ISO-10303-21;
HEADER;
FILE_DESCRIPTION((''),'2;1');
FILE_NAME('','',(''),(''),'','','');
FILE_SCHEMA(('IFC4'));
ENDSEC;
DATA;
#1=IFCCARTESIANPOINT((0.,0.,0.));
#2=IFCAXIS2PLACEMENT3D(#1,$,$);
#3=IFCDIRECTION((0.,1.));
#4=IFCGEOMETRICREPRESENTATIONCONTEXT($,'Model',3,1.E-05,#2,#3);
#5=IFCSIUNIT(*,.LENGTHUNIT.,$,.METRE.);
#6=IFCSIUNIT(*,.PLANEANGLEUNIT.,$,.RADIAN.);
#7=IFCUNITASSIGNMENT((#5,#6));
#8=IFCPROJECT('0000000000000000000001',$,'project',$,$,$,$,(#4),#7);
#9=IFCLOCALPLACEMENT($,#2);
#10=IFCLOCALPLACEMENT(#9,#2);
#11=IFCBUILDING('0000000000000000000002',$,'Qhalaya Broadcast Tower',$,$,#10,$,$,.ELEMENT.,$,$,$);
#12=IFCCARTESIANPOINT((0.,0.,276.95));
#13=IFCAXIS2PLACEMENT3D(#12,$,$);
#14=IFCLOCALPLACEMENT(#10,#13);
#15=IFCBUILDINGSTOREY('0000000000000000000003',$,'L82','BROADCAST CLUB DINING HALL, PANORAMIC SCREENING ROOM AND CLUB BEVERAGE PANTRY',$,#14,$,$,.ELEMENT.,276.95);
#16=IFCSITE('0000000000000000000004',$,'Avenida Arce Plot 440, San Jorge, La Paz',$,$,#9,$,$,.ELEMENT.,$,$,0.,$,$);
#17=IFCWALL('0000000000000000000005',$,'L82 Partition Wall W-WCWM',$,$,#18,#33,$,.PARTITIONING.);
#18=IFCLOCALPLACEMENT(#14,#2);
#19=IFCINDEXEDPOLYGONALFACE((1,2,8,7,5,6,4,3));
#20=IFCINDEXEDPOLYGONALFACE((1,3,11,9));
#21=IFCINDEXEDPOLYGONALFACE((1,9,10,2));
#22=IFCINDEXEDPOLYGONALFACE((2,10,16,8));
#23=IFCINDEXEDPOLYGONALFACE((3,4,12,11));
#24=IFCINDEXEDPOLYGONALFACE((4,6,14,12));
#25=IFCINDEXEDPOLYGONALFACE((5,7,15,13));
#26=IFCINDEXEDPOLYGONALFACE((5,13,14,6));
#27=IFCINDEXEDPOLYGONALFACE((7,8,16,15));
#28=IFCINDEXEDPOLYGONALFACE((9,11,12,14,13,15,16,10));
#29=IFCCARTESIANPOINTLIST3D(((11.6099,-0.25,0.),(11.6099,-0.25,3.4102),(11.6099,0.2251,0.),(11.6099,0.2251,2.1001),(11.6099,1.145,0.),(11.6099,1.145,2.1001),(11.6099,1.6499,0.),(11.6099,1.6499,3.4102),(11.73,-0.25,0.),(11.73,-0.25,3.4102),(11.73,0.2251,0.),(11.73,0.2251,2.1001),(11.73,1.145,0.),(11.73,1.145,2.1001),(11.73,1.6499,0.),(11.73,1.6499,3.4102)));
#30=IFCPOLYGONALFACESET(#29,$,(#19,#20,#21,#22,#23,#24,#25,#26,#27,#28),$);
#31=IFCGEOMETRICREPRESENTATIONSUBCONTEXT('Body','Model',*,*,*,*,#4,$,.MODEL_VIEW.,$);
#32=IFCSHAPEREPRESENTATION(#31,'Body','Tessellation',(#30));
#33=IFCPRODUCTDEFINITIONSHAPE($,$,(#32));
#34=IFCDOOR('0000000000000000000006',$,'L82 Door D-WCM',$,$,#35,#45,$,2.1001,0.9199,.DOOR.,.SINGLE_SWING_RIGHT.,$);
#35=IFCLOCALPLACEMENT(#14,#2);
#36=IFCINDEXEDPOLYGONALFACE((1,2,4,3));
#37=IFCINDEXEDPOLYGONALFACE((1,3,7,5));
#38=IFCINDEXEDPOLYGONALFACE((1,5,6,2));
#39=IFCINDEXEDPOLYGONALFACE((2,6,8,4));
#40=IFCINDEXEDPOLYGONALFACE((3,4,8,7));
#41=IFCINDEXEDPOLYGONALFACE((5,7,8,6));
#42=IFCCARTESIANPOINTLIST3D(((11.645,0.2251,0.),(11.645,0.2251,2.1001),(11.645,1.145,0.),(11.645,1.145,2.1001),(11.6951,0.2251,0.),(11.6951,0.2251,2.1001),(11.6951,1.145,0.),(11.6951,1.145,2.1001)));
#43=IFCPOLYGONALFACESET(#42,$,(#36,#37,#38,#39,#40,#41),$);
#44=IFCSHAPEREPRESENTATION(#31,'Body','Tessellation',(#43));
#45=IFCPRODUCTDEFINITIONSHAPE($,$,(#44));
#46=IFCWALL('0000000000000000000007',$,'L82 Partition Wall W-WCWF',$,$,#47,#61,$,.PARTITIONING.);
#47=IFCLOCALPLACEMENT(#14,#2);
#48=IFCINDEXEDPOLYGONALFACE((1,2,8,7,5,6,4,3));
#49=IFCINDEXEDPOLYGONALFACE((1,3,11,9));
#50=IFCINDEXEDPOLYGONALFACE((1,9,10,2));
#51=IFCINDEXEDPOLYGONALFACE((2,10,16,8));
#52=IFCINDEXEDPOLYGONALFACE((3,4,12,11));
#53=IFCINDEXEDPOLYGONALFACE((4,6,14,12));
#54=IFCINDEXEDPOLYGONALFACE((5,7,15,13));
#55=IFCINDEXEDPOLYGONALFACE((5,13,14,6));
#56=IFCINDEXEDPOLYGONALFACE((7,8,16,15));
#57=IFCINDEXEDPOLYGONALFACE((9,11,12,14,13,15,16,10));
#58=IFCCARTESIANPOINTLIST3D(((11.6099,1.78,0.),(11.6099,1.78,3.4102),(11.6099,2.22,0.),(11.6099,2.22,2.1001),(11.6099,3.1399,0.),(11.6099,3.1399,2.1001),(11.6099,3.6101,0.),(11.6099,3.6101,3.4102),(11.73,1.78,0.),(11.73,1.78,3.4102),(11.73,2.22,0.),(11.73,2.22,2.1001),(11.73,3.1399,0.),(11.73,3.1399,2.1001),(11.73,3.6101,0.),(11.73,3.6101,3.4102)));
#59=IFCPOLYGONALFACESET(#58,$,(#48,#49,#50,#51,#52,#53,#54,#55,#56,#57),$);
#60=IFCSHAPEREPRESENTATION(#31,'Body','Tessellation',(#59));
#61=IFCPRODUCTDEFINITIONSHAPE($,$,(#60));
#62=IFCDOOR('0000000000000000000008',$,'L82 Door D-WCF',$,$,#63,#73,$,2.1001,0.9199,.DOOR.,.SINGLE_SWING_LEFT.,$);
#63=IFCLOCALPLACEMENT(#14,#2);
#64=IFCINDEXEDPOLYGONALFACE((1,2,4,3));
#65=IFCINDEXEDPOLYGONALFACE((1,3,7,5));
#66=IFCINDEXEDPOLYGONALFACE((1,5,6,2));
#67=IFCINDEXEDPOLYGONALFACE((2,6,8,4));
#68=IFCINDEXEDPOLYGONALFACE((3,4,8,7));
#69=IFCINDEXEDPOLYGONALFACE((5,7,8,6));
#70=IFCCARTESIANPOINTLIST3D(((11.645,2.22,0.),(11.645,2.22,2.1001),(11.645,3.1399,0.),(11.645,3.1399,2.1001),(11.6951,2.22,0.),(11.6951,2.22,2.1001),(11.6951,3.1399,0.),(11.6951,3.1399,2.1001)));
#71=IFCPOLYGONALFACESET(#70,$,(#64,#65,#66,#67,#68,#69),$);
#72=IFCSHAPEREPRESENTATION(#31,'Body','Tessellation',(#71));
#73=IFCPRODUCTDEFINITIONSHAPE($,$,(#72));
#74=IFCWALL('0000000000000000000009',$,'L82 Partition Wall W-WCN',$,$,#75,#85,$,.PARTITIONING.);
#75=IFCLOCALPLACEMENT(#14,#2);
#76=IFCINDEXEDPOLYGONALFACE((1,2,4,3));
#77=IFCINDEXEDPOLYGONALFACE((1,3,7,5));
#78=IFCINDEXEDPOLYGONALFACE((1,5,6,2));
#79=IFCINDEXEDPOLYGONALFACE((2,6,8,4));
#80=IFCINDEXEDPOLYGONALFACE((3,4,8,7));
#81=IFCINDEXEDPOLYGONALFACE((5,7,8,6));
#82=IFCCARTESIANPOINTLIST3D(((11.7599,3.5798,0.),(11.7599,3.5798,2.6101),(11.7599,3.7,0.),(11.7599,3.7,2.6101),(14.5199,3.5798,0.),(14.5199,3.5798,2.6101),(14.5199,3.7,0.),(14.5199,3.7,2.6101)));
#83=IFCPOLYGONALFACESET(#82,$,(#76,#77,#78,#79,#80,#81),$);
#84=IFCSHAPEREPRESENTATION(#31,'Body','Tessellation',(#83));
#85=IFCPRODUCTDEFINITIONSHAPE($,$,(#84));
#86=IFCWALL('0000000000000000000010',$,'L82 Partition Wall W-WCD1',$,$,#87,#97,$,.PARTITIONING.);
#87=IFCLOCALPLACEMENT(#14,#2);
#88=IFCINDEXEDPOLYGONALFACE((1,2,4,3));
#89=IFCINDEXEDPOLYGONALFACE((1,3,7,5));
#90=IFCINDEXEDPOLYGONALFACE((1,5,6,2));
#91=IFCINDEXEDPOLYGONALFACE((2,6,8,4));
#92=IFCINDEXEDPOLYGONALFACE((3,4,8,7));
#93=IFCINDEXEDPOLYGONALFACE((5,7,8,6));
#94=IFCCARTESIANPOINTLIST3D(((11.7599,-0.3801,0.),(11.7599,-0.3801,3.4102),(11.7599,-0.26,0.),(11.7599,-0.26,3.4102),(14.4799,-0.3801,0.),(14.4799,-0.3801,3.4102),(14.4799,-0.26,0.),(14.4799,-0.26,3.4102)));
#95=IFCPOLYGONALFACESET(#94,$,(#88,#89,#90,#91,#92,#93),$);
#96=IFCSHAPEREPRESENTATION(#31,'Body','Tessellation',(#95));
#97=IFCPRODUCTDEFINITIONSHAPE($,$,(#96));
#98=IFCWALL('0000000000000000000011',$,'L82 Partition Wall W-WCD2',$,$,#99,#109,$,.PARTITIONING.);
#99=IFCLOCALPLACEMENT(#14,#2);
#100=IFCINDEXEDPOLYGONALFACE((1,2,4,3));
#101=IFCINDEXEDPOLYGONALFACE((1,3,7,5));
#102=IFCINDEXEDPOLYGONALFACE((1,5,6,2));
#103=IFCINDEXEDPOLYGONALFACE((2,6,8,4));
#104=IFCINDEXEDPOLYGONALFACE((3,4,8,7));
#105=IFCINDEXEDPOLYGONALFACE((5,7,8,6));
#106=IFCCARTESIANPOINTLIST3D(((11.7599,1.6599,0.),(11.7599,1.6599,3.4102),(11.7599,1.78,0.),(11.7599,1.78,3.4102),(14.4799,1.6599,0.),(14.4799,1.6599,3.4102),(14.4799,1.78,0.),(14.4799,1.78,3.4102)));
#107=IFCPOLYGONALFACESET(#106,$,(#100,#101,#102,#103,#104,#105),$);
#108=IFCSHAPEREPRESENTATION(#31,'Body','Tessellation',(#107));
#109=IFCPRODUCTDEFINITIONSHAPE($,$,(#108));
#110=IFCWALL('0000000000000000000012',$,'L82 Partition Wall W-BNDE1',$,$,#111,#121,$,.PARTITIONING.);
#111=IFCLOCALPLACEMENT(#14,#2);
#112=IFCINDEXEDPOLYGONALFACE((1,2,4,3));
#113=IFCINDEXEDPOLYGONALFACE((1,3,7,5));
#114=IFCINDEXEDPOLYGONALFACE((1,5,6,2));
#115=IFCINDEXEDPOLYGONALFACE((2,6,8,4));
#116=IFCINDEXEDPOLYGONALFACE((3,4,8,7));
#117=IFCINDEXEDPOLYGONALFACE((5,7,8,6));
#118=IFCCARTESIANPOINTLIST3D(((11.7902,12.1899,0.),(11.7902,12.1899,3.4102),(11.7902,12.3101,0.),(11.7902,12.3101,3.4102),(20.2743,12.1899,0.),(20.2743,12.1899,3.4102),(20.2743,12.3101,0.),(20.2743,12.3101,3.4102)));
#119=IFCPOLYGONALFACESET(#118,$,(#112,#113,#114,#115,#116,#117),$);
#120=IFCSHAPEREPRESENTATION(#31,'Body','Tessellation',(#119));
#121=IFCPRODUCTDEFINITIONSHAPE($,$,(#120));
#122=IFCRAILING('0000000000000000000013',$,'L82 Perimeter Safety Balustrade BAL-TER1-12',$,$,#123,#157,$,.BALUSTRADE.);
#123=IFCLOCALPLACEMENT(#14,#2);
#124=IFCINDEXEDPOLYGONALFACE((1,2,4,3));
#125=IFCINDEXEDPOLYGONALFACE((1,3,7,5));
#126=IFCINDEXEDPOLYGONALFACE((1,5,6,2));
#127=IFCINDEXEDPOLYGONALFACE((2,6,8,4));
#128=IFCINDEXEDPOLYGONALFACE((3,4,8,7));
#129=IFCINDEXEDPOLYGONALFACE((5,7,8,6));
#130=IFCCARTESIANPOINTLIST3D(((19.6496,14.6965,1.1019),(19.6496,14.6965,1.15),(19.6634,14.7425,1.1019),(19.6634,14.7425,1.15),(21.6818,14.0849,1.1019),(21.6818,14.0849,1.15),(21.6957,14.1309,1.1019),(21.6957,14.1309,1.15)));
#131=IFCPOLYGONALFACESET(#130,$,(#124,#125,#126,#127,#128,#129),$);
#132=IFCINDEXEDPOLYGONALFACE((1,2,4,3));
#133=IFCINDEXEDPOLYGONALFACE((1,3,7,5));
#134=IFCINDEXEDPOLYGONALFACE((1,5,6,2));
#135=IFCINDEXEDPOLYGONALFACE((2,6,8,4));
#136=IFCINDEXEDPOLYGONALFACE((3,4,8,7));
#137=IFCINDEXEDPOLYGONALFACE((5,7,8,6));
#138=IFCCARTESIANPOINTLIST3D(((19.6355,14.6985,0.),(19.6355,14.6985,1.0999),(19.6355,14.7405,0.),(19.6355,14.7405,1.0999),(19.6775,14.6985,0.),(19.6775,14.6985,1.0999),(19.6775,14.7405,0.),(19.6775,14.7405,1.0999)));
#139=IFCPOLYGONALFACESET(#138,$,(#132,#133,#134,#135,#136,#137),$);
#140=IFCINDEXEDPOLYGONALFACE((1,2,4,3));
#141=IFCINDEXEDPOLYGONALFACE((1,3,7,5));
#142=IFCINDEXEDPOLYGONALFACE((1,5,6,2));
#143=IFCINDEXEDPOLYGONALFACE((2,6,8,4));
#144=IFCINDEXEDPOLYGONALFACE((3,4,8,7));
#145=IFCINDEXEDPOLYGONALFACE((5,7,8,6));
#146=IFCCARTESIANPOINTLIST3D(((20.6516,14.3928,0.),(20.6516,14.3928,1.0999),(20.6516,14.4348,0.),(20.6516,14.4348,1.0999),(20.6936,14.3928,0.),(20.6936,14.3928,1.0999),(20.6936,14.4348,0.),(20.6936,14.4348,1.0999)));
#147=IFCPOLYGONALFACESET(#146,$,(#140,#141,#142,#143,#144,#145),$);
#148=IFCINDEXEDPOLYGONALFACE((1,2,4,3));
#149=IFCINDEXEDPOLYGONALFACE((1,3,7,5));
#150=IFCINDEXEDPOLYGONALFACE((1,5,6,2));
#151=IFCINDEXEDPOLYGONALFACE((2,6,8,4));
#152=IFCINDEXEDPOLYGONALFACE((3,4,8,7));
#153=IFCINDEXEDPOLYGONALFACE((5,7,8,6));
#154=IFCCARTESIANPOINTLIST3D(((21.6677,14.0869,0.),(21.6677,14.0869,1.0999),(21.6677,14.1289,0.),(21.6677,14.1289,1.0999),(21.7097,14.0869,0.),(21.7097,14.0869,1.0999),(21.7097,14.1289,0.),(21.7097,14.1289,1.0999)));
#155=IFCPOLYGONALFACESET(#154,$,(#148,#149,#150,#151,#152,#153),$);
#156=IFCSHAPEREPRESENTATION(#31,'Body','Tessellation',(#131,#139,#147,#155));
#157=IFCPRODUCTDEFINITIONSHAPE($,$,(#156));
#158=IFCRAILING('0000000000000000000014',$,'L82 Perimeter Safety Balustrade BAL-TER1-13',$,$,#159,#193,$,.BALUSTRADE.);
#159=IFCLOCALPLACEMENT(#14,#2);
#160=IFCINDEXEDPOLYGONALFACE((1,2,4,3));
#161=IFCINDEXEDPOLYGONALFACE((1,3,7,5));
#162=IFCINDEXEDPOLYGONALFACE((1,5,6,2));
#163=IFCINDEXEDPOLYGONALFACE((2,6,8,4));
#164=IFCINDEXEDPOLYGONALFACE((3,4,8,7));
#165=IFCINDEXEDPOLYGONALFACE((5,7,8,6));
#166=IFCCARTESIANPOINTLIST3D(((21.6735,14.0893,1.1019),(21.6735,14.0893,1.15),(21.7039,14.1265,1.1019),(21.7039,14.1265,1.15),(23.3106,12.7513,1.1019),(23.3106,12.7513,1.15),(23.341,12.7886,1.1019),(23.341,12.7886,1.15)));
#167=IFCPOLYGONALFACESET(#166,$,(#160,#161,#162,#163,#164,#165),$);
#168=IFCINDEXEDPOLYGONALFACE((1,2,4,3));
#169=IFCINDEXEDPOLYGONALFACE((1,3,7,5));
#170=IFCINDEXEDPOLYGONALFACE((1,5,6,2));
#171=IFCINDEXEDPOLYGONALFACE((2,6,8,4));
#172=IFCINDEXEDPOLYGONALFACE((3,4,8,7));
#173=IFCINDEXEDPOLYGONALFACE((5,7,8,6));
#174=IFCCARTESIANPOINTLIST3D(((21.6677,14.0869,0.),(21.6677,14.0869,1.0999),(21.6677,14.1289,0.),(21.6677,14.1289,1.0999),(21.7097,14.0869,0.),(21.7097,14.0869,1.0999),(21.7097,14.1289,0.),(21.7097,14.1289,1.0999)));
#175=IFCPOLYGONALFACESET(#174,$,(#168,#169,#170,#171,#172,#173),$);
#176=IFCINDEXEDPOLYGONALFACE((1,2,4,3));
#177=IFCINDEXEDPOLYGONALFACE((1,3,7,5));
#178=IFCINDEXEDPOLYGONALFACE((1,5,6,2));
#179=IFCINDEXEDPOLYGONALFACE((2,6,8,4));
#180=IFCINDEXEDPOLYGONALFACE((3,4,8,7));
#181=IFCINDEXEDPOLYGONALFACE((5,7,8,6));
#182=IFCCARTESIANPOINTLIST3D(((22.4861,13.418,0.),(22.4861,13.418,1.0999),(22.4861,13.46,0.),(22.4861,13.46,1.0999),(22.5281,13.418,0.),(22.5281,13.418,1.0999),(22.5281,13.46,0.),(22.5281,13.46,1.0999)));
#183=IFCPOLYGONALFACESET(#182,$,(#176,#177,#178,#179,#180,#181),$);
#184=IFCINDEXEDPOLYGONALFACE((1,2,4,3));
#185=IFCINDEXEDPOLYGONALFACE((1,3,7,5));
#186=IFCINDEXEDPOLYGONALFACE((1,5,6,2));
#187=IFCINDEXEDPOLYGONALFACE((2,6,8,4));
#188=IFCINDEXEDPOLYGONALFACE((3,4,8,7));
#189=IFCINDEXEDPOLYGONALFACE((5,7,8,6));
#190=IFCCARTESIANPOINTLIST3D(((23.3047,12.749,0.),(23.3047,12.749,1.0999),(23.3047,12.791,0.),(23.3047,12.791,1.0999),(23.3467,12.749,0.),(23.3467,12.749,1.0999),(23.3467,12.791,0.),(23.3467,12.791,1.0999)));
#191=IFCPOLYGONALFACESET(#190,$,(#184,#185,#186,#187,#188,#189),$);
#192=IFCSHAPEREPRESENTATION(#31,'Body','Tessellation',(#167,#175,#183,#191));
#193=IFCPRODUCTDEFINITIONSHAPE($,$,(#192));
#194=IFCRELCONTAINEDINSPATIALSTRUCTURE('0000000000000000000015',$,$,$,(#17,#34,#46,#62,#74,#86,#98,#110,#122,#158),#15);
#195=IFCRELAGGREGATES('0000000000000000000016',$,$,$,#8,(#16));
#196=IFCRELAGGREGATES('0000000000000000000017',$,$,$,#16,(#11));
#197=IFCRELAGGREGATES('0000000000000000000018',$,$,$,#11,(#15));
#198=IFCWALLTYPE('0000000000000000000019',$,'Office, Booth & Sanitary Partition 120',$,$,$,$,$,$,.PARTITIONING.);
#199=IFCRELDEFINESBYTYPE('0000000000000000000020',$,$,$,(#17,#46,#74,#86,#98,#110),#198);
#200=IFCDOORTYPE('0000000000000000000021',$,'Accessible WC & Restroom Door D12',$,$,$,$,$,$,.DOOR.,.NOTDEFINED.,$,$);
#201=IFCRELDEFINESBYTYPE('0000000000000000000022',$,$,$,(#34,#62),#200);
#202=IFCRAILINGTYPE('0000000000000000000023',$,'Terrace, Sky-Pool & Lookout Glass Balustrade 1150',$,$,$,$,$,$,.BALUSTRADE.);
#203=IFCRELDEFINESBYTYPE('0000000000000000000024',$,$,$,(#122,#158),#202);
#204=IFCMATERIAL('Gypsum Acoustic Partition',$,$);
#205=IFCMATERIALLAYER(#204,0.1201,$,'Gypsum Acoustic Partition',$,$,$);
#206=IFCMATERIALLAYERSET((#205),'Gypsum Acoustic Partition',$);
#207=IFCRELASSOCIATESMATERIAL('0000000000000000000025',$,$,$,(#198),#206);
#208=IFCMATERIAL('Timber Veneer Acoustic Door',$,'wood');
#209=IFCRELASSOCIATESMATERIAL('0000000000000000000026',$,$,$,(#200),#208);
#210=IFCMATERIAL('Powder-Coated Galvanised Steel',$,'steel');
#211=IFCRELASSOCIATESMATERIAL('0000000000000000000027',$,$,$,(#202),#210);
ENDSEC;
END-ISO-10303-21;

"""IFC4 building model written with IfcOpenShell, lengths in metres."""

from ifc_helpers import new_model, si_unit, direction, frame, frame_2d, origin, origin_2d, place, context, subcontext, project, spatial, rectangle, extrude, material, layer, layer_set, type_object, element, fill, save


model = new_model("IFC4")

# Units and contexts
model_context = context("Model", 3, precision=1e-05, world=origin(), true_north=direction((0.0, 1.0)))
body_context = subcontext(model_context, "Body", "Model", "MODEL_VIEW")
ifc_project = project(units=[si_unit("LENGTHUNIT", "METRE"), si_unit("PLANEANGLEUNIT", "RADIAN")], contexts=[model_context])

# Site, building, storey
site_placement = place(None, origin())
site = spatial("IfcSite", under=ifc_project, at=site_placement, Name="Avenida Arce Plot 440, San Jorge, La Paz", CompositionType="ELEMENT", RefElevation=0.0)
building_placement = place(site_placement, origin())
building = spatial("IfcBuilding", under=site, at=building_placement, Name="Qhalaya Broadcast Tower", CompositionType="ELEMENT")
storey_placement = place(building_placement, frame((0.0, 0.0, 276.95)))
storey = spatial("IfcBuildingStorey", under=building, at=storey_placement, Name="L82", Description="BROADCAST CLUB DINING HALL, PANORAMIC SCREENING ROOM AND CLUB BEVERAGE PANTRY", CompositionType="ELEMENT", Elevation=276.95)

# Walls, openings, doors
ifc_material_1 = material(Name="Gypsum Acoustic Partition")
ifc_layer_1 = layer(ifc_material_1, 0.1201, Name="Gypsum Acoustic Partition")
ifc_layer_set_1 = layer_set([ifc_layer_1], Name="Gypsum Acoustic Partition")
wall_type_1 = type_object("IfcWallType", Name="Office, Booth & Sanitary Partition 120", PredefinedType="PARTITIONING", material=ifc_layer_set_1)
wall_1_placement = place(storey_placement, frame((11.6699, -0.25, 0.0), z_axis=(0.0, 0.0, 1.0), x_axis=(0.0, 1.0, 0.0)))
wall_1 = element("IfcWall", 1, at=wall_1_placement, inside=storey, type_object=wall_type_1, Name="L82 Partition Wall W-WCWM", PredefinedType="PARTITIONING", context=body_context, shape_type="SweptSolid", body=[
    extrude(rectangle(XDim=1.8999, YDim=0.1201, at=frame_2d((0.95, 0.0))), origin(), (0.0, 0.0, 1.0), 3.4102),
])
opening_1_placement = place(wall_1_placement, frame((0.4751, 0.0, 0.0)))
opening_1 = element("IfcOpeningElement", 2, at=opening_1_placement, cuts=wall_1, PredefinedType="OPENING", context=body_context, shape_type="SweptSolid", body=[
    extrude(rectangle(XDim=0.9199, YDim=2.1001, at=frame_2d((0.46, 1.05))), frame((0.0, 0.072, 0.0), z_axis=(0.0, -1.0, 0.0), x_axis=(1.0, 0.0, 0.0)), (0.0, 0.0, 1.0), 0.144),
])
ifc_material_2 = material(Name="Timber Veneer Acoustic Door", Category="wood")
door_type_1 = type_object("IfcDoorType", Name="Accessible WC & Restroom Door D12", OperationType="NOTDEFINED", PredefinedType="DOOR", material=ifc_material_2)
door_1_placement = place(opening_1_placement, origin())
door_1 = element("IfcDoor", 3, at=door_1_placement, inside=storey, type_object=door_type_1, Name="L82 Door D-WCM", OperationType="SINGLE_SWING_RIGHT", OverallHeight=2.1001, OverallWidth=0.9199, PredefinedType="DOOR", context=body_context, shape_type="SweptSolid", body=[
    extrude(rectangle(XDim=0.9199, YDim=2.1001, at=frame_2d((0.46, 1.05))), frame((0.0, 0.0249, 0.0), z_axis=(0.0, -1.0, 0.0), x_axis=(1.0, 0.0, 0.0)), (0.0, 0.0, 1.0), 0.05),
])
fill(opening_1, door_1)
wall_2_placement = place(storey_placement, frame((11.6699, 1.78, 0.0), z_axis=(0.0, 0.0, 1.0), x_axis=(0.0, 1.0, 0.0)))
wall_2 = element("IfcWall", 4, at=wall_2_placement, inside=storey, type_object=wall_type_1, Name="L82 Partition Wall W-WCWF", PredefinedType="PARTITIONING", context=body_context, shape_type="SweptSolid", body=[
    extrude(rectangle(XDim=1.8301, YDim=0.1201, at=frame_2d((0.915, 0.0))), origin(), (0.0, 0.0, 1.0), 3.4102),
])
opening_2_placement = place(wall_2_placement, frame((0.4399, 0.0, 0.0)))
opening_2 = element("IfcOpeningElement", 5, at=opening_2_placement, cuts=wall_2, PredefinedType="OPENING", context=body_context, shape_type="SweptSolid", body=[
    extrude(rectangle(XDim=0.9199, YDim=2.1001, at=frame_2d((0.46, 1.05))), frame((0.0, 0.072, 0.0), z_axis=(0.0, -1.0, 0.0), x_axis=(1.0, 0.0, 0.0)), (0.0, 0.0, 1.0), 0.144),
])
door_2_placement = place(opening_2_placement, origin())
door_2 = element("IfcDoor", 6, at=door_2_placement, inside=storey, type_object=door_type_1, Name="L82 Door D-WCF", OperationType="SINGLE_SWING_LEFT", OverallHeight=2.1001, OverallWidth=0.9199, PredefinedType="DOOR", context=body_context, shape_type="SweptSolid", body=[
    extrude(rectangle(XDim=0.9199, YDim=2.1001, at=frame_2d((0.46, 1.05))), frame((0.0, 0.0249, 0.0), z_axis=(0.0, -1.0, 0.0), x_axis=(1.0, 0.0, 0.0)), (0.0, 0.0, 1.0), 0.05),
])
fill(opening_2, door_2)

# Walls
wall_3_placement = place(storey_placement, frame((11.76, 3.6399, 0.0), z_axis=(0.0, 0.0, 1.0), x_axis=(1.0, 0.0, 0.0)))
element("IfcWall", 7, at=wall_3_placement, inside=storey, type_object=wall_type_1, Name="L82 Partition Wall W-WCN", PredefinedType="PARTITIONING", context=body_context, shape_type="SweptSolid", body=[
    extrude(rectangle(XDim=2.76, YDim=0.1201, at=frame_2d((1.3799, 0.0))), origin(), (0.0, 0.0, 1.0), 2.6101),
])
for number, where, z_axis, x_axis, name in (
    (8, (11.76, -0.3201, 0.0), (0.0, 0.0, 1.0), (1.0, 0.0, 0.0), "L82 Partition Wall W-WCD1"),
    (9, (11.76, 1.72, 0.0), (0.0, 0.0, 1.0), (1.0, 0.0, 0.0), "L82 Partition Wall W-WCD2"),
):
    element("IfcWall", number, at=place(storey_placement, frame(where, z_axis=z_axis, x_axis=x_axis)), inside=storey, type_object=wall_type_1, Name=name, PredefinedType="PARTITIONING", context=body_context, shape_type="SweptSolid", body=[
        extrude(rectangle(XDim=2.72, YDim=0.1201, at=frame_2d((1.3599, 0.0))), origin(), (0.0, 0.0, 1.0), 3.4102),
    ])
wall_4_placement = place(storey_placement, frame((11.79, 12.25, 0.0), z_axis=(0.0, 0.0, 1.0), x_axis=(1.0, 0.0, 0.0)))
element("IfcWall", 10, at=wall_4_placement, inside=storey, type_object=wall_type_1, Name="L82 Partition Wall W-BNDE1", PredefinedType="PARTITIONING", context=body_context, shape_type="SweptSolid", body=[
    extrude(rectangle(XDim=8.4841, YDim=0.1201, at=frame_2d((4.2422, 0.0))), origin(), (0.0, 0.0, 1.0), 3.4102),
])

# Railings
ifc_material_3 = material(Name="Powder-Coated Galvanised Steel", Category="steel")
railing_type = type_object("IfcRailingType", Name="Terrace, Sky-Pool & Lookout Glass Balustrade 1150", PredefinedType="BALUSTRADE", material=ifc_material_3)
railing_1_placement = place(storey_placement, frame((19.6565, 14.7195, 0.0)))
element("IfcRailing", 11, at=railing_1_placement, inside=storey, type_object=railing_type, Name="L82 Perimeter Safety Balustrade BAL-TER1-12", PredefinedType="BALUSTRADE", context=body_context, shape_type="SweptSolid", body=[
    extrude(rectangle(XDim=0.0481, YDim=0.0481, at=origin_2d()), frame((0.0, 0.0, 1.126), z_axis=(0.957579, -0.288171, 0.0), x_axis=(0.288171, 0.957579, 0.0)), (0.0, 0.0, 1.0), 2.1223),
    extrude(rectangle(XDim=0.042, YDim=0.042, at=origin_2d()), origin(), (0.0, 0.0, 1.0), 1.0999),
    extrude(rectangle(XDim=0.042, YDim=0.042, at=origin_2d()), frame((1.0161, -0.3057, 0.0)), (0.0, 0.0, 1.0), 1.0999),
    extrude(rectangle(XDim=0.042, YDim=0.042, at=origin_2d()), frame((2.0322, -0.6116, 0.0)), (0.0, 0.0, 1.0), 1.0999),
])
railing_2_placement = place(storey_placement, frame((21.6887, 14.1079, 0.0)))
element("IfcRailing", 12, at=railing_2_placement, inside=storey, type_object=railing_type, Name="L82 Perimeter Safety Balustrade BAL-TER1-13", PredefinedType="BALUSTRADE", context=body_context, shape_type="SweptSolid", body=[
    extrude(rectangle(XDim=0.0481, YDim=0.0481, at=origin_2d()), frame((0.0, 0.0, 1.126), z_axis=(0.774292, -0.632829, 0.0), x_axis=(0.632829, 0.774292, 0.0)), (0.0, 0.0, 1.0), 2.1143),
    extrude(rectangle(XDim=0.042, YDim=0.042, at=origin_2d()), origin(), (0.0, 0.0, 1.0), 1.0999),
    extrude(rectangle(XDim=0.042, YDim=0.042, at=origin_2d()), frame((0.8184, -0.6689, 0.0)), (0.0, 0.0, 1.0), 1.0999),
    extrude(rectangle(XDim=0.042, YDim=0.042, at=origin_2d()), frame((1.637, -1.3379, 0.0)), (0.0, 0.0, 1.0), 1.0999),
])

save(model, "model.ifc")
